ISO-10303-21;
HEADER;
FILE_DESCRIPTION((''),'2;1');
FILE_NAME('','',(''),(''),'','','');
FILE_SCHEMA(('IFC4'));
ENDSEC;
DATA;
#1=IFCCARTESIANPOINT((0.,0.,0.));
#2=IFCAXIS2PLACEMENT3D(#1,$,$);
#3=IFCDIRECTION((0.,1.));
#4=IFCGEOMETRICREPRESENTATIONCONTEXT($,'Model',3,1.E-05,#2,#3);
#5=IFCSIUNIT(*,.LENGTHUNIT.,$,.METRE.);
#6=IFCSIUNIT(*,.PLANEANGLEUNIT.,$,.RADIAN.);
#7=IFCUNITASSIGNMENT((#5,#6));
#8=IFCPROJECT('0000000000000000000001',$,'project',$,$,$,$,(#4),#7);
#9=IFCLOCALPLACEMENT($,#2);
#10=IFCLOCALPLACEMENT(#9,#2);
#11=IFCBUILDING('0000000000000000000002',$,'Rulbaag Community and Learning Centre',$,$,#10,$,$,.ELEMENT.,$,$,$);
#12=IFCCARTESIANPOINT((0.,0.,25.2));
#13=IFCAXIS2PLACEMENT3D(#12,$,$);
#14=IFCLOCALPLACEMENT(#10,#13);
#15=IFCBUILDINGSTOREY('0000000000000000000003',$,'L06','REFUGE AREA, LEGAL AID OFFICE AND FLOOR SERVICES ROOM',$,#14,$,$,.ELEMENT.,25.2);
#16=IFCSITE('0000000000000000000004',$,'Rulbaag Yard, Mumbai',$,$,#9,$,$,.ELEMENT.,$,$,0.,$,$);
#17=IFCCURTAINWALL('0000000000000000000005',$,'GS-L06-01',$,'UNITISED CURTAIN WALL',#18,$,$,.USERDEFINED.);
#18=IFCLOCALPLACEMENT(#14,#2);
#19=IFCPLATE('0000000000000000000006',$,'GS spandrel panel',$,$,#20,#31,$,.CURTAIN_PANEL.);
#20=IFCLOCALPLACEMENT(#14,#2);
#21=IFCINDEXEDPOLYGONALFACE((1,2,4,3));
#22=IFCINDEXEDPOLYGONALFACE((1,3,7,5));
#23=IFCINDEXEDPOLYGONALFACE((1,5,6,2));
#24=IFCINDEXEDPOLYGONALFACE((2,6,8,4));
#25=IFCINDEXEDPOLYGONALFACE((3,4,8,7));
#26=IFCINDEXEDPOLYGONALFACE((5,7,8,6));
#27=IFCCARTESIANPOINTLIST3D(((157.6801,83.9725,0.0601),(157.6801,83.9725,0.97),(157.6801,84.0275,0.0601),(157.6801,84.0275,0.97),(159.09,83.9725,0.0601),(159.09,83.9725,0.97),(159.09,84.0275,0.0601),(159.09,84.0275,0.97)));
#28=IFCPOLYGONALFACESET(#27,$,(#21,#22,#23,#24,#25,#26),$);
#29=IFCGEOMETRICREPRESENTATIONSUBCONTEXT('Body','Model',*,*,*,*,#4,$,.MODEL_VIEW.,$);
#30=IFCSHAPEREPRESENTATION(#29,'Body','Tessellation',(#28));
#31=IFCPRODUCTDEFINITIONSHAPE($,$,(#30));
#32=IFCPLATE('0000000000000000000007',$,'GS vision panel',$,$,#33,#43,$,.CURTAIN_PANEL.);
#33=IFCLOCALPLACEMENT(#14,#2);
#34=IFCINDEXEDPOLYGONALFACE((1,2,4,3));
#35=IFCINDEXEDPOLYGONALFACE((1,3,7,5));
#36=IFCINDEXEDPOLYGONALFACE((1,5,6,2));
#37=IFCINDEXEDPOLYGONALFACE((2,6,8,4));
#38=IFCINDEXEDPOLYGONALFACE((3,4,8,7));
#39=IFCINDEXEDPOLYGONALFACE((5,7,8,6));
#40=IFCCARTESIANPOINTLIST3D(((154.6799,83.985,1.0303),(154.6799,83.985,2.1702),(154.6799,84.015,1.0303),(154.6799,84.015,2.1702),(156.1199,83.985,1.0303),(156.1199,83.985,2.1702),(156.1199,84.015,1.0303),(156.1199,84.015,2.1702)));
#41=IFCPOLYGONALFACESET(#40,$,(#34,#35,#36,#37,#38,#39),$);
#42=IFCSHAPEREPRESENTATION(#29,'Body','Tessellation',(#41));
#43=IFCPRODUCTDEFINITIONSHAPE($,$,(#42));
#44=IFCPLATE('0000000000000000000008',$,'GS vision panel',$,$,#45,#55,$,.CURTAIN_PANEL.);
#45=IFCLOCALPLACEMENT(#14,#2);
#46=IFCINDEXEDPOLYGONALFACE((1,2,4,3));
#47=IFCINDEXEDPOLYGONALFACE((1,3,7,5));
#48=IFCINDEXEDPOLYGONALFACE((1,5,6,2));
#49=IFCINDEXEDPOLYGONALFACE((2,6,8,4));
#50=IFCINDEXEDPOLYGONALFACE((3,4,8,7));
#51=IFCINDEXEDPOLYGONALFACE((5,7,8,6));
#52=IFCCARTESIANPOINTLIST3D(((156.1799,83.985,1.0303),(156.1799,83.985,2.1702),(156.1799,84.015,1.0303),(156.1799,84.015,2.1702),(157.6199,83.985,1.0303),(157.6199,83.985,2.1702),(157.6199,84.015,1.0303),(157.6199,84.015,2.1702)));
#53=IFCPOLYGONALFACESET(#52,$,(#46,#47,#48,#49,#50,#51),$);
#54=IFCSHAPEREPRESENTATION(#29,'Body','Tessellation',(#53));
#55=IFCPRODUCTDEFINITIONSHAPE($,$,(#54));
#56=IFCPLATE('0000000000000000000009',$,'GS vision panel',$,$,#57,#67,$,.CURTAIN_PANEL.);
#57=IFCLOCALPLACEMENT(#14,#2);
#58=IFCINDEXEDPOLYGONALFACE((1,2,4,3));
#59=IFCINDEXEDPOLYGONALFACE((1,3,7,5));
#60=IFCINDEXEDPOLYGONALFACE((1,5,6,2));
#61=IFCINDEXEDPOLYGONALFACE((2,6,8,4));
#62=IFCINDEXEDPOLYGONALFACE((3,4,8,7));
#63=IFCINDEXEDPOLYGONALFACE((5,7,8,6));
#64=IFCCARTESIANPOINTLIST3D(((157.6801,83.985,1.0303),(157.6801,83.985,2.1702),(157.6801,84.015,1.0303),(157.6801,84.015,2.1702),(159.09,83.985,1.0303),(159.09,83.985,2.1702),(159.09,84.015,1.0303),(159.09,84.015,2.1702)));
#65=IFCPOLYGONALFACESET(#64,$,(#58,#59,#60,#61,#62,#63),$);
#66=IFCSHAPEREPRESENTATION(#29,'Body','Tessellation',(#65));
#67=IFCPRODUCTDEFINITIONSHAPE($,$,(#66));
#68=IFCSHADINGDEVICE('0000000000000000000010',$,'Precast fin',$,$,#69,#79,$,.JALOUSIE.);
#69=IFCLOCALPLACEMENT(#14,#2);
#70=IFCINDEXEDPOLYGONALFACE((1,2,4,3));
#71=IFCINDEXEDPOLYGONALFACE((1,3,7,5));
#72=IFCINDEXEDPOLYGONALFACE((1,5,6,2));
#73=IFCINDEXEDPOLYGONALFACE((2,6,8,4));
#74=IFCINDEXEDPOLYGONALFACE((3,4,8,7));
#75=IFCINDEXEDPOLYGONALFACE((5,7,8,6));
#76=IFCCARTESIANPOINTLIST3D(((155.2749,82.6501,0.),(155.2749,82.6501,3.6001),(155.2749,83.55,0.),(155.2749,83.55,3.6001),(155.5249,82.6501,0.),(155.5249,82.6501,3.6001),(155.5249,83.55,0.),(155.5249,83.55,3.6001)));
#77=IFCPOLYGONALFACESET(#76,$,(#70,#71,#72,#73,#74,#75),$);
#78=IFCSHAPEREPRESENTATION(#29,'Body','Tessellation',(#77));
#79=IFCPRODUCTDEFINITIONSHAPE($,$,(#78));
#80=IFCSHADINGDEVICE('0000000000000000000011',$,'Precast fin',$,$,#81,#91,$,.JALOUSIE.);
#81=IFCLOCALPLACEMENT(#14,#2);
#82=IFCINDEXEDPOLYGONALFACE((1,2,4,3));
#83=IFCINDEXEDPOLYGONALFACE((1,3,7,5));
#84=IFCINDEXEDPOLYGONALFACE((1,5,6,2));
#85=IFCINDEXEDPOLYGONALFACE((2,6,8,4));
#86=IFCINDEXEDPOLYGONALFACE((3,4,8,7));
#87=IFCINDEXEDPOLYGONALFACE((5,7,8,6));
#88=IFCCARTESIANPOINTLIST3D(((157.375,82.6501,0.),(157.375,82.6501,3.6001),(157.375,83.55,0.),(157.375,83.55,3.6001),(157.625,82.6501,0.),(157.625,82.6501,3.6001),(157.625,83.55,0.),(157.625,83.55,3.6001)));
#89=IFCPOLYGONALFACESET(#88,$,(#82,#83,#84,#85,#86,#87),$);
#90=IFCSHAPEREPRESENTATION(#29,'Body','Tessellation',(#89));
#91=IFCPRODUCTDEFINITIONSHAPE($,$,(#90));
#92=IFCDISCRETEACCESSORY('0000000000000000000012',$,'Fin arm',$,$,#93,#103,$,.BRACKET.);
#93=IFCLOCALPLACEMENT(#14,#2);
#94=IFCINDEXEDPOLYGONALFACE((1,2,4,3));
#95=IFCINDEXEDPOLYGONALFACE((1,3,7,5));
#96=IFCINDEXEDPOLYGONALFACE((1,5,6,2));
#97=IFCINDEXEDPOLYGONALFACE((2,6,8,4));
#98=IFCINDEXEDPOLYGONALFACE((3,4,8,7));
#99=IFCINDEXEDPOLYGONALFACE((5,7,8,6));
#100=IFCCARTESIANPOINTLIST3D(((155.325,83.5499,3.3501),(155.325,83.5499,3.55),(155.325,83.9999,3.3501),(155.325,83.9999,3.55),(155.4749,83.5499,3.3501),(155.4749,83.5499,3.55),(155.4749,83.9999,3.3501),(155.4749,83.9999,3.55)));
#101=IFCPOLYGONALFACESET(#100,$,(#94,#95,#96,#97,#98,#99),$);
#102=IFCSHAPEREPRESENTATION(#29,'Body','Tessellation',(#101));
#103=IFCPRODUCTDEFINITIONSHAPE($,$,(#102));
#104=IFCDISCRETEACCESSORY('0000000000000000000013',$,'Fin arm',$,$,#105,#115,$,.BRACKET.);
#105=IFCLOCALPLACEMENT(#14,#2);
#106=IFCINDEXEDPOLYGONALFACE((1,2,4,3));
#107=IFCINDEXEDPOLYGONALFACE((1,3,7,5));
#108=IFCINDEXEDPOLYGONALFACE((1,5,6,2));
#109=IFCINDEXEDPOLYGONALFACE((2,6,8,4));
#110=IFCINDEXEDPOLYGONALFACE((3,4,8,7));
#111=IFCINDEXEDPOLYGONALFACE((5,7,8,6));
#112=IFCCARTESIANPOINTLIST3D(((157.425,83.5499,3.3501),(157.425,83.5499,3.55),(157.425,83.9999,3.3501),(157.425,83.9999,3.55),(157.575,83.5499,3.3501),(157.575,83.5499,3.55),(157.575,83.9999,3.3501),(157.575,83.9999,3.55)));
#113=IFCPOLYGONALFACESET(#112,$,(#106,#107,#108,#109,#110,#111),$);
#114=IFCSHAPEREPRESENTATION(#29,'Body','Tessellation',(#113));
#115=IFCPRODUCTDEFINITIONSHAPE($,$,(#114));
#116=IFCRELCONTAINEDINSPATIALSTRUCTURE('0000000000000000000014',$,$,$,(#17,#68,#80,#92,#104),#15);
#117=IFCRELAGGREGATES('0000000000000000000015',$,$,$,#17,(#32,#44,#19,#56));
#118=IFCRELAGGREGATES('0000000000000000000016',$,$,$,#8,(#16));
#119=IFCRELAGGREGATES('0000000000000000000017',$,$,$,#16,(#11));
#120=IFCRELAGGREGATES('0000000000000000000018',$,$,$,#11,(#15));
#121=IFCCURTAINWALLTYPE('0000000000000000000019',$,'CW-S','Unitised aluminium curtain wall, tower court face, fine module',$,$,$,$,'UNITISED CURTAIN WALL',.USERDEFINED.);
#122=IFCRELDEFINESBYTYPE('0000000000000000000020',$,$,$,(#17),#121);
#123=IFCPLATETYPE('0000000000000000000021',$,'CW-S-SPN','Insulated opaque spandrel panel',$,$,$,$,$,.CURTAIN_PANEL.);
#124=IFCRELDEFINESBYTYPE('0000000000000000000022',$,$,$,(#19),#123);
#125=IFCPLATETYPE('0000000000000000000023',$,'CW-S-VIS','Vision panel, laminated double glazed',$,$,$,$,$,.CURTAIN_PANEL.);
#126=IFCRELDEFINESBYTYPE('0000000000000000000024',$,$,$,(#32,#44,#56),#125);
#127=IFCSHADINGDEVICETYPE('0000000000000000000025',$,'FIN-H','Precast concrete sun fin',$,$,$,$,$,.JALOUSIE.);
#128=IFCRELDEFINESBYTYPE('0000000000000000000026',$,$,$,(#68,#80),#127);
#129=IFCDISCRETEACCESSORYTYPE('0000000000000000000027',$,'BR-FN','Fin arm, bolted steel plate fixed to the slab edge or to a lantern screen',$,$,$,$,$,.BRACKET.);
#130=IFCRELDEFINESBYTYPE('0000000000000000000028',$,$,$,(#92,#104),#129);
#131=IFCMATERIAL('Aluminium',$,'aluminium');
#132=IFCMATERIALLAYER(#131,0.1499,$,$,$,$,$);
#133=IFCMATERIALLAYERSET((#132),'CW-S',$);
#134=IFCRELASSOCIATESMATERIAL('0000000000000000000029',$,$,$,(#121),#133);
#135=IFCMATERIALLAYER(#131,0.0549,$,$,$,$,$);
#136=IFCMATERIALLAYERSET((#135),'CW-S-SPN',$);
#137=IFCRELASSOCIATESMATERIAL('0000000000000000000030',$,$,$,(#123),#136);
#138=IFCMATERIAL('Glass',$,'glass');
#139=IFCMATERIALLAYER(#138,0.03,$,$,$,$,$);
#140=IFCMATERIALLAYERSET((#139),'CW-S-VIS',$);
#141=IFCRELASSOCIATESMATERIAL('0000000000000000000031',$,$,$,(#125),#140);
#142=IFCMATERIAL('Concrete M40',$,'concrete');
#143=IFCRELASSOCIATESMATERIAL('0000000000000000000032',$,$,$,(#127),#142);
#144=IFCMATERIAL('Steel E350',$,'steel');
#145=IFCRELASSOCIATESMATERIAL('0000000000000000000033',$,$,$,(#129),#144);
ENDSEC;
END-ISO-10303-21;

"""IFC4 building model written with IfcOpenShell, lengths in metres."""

from ifc_helpers import new_model, si_unit, direction, frame, origin, origin_2d, place, context, subcontext, project, spatial, rectangle, extrude, material, layer, layer_set, material_profile, profile_set, type_object, element, aggregate, save


model = new_model("IFC4")

# Units and contexts
model_context = context("Model", 3, precision=1e-05, world=origin(), true_north=direction((0.0, 1.0)))
body_context = subcontext(model_context, "Body", "Model", "MODEL_VIEW")
ifc_project = project(units=[si_unit("LENGTHUNIT", "METRE"), si_unit("PLANEANGLEUNIT", "RADIAN")], contexts=[model_context])

# Site, building, storey
site_placement = place(None, origin())
site = spatial("IfcSite", under=ifc_project, at=site_placement, Name="Rulbaag Yard, Mumbai", CompositionType="ELEMENT", RefElevation=0.0)
building_placement = place(site_placement, origin())
building = spatial("IfcBuilding", under=site, at=building_placement, Name="Rulbaag Community and Learning Centre", CompositionType="ELEMENT")
storey_placement = place(building_placement, frame((0.0, 0.0, 25.2)))
storey = spatial("IfcBuildingStorey", under=building, at=storey_placement, Name="L06", Description="REFUGE AREA, LEGAL AID OFFICE AND FLOOR SERVICES ROOM", CompositionType="ELEMENT", Elevation=25.2)

# Curtain wall, plates
ifc_material_1 = material(Name="Aluminium", Category="aluminium")
ifc_layer_1 = layer(ifc_material_1, 0.1499)
ifc_layer_set_1 = layer_set([ifc_layer_1], Name="CW-S")
curtain_wall_type = type_object("IfcCurtainWallType", Name="CW-S", Description="Unitised aluminium curtain wall, tower court face, fine module", ElementType="UNITISED CURTAIN WALL", PredefinedType="USERDEFINED", material=ifc_layer_set_1)
curtain_wall_placement = place(storey_placement, origin())
curtain_wall = element("IfcCurtainWall", 1, at=curtain_wall_placement, inside=storey, type_object=curtain_wall_type, Name="GS-L06-01", ObjectType="UNITISED CURTAIN WALL", PredefinedType="USERDEFINED")
ifc_layer_2 = layer(ifc_material_1, 0.0549)
ifc_layer_set_2 = layer_set([ifc_layer_2], Name="CW-S-SPN")
plate_type_1 = type_object("IfcPlateType", Name="CW-S-SPN", Description="Insulated opaque spandrel panel", PredefinedType="CURTAIN_PANEL", material=ifc_layer_set_2)
plate_1_placement = place(storey_placement, frame((158.385, 84.0, 0.0601), z_axis=(0.0, 0.0, 1.0), x_axis=(1.0, 0.0, 0.0)))
plate_1 = element("IfcPlate", 2, at=plate_1_placement, type_object=plate_type_1, Name="GS spandrel panel", PredefinedType="CURTAIN_PANEL", context=body_context, shape_type="SweptSolid", body=[
    extrude(rectangle(XDim=1.4099, YDim=0.0549, at=origin_2d()), origin(), (0.0, 0.0, 1.0), 0.9099),
])
ifc_material_2 = material(Name="Glass", Category="glass")
ifc_layer_3 = layer(ifc_material_2, 0.03)
ifc_layer_set_3 = layer_set([ifc_layer_3], Name="CW-S-VIS")
plate_type_2 = type_object("IfcPlateType", Name="CW-S-VIS", Description="Vision panel, laminated double glazed", PredefinedType="CURTAIN_PANEL", material=ifc_layer_set_3)
plate_2_placement = place(storey_placement, frame((155.3999, 84.0, 1.0303), z_axis=(0.0, 0.0, 1.0), x_axis=(1.0, 0.0, 0.0)))
plate_2 = element("IfcPlate", 3, at=plate_2_placement, type_object=plate_type_2, Name="GS vision panel", PredefinedType="CURTAIN_PANEL", context=body_context, shape_type="SweptSolid", body=[
    extrude(rectangle(XDim=1.4399, YDim=0.03, at=origin_2d()), origin(), (0.0, 0.0, 1.0), 1.1399),
])
plate_3_placement = place(storey_placement, frame((156.8999, 84.0, 1.0303), z_axis=(0.0, 0.0, 1.0), x_axis=(1.0, 0.0, 0.0)))
plate_3 = element("IfcPlate", 4, at=plate_3_placement, type_object=plate_type_2, Name="GS vision panel", PredefinedType="CURTAIN_PANEL", context=body_context, shape_type="SweptSolid", body=[
    extrude(rectangle(XDim=1.4399, YDim=0.03, at=origin_2d()), origin(), (0.0, 0.0, 1.0), 1.1399),
])
plate_4_placement = place(storey_placement, frame((158.385, 84.0, 1.0303), z_axis=(0.0, 0.0, 1.0), x_axis=(1.0, 0.0, 0.0)))
plate_4 = element("IfcPlate", 5, at=plate_4_placement, type_object=plate_type_2, Name="GS vision panel", PredefinedType="CURTAIN_PANEL", context=body_context, shape_type="SweptSolid", body=[
    extrude(rectangle(XDim=1.4099, YDim=0.03, at=origin_2d()), origin(), (0.0, 0.0, 1.0), 1.1399),
])
aggregate(curtain_wall, [plate_2, plate_3, plate_1, plate_4])

# Shading devices
ifc_material_3 = material(Name="Concrete M40", Category="concrete")
ifc_material_profile_1 = material_profile(ifc_material_3, rectangle(XDim=0.25, YDim=0.8999, at=origin_2d()), Name="PC 250x900")
ifc_profile_set_1 = profile_set([ifc_material_profile_1], Name="Concrete M40")
shading_device_type_1 = type_object("IfcShadingDeviceType", Name="FIN-H", Description="Precast concrete sun fin", PredefinedType="JALOUSIE", material=ifc_profile_set_1)
for number, where, z_axis, x_axis, name in (
    (6, (155.3999, 83.1001, 0.0), (0.0, 0.0, 1.0), (1.0, 0.0, 0.0), "Precast fin"),
    (7, (157.5, 83.1001, 0.0), (0.0, 0.0, 1.0), (1.0, 0.0, 0.0), "Precast fin"),
):
    element("IfcShadingDevice", number, at=place(storey_placement, frame(where, z_axis=z_axis, x_axis=x_axis)), inside=storey, type_object=shading_device_type_1, Name=name, PredefinedType="JALOUSIE", context=body_context, shape_type="SweptSolid", body=[
        extrude(rectangle(XDim=0.25, YDim=0.8999, at=origin_2d()), origin(), (0.0, 0.0, 1.0), 3.6001),
    ])

# Discrete accessories
ifc_material_4 = material(Name="Steel E350", Category="steel")
discrete_accessory_type = type_object("IfcDiscreteAccessoryType", Name="BR-FN", Description="Fin arm, bolted steel plate fixed to the slab edge or to a lantern screen", PredefinedType="BRACKET", material=ifc_material_4)
for number, where, z_axis, x_axis, name in (
    (8, (155.3999, 83.7749, 3.3501), (0.0, 0.0, 1.0), (1.0, 0.0, 0.0), "Fin arm"),
    (9, (157.5, 83.7749, 3.3501), (0.0, 0.0, 1.0), (1.0, 0.0, 0.0), "Fin arm"),
):
    element("IfcDiscreteAccessory", number, at=place(storey_placement, frame(where, z_axis=z_axis, x_axis=x_axis)), inside=storey, type_object=discrete_accessory_type, Name=name, PredefinedType="BRACKET", context=body_context, shape_type="SweptSolid", body=[
        extrude(rectangle(XDim=0.1499, YDim=0.45, at=origin_2d()), origin(), (0.0, 0.0, 1.0), 0.2),
    ])

save(model, "model.ifc")
